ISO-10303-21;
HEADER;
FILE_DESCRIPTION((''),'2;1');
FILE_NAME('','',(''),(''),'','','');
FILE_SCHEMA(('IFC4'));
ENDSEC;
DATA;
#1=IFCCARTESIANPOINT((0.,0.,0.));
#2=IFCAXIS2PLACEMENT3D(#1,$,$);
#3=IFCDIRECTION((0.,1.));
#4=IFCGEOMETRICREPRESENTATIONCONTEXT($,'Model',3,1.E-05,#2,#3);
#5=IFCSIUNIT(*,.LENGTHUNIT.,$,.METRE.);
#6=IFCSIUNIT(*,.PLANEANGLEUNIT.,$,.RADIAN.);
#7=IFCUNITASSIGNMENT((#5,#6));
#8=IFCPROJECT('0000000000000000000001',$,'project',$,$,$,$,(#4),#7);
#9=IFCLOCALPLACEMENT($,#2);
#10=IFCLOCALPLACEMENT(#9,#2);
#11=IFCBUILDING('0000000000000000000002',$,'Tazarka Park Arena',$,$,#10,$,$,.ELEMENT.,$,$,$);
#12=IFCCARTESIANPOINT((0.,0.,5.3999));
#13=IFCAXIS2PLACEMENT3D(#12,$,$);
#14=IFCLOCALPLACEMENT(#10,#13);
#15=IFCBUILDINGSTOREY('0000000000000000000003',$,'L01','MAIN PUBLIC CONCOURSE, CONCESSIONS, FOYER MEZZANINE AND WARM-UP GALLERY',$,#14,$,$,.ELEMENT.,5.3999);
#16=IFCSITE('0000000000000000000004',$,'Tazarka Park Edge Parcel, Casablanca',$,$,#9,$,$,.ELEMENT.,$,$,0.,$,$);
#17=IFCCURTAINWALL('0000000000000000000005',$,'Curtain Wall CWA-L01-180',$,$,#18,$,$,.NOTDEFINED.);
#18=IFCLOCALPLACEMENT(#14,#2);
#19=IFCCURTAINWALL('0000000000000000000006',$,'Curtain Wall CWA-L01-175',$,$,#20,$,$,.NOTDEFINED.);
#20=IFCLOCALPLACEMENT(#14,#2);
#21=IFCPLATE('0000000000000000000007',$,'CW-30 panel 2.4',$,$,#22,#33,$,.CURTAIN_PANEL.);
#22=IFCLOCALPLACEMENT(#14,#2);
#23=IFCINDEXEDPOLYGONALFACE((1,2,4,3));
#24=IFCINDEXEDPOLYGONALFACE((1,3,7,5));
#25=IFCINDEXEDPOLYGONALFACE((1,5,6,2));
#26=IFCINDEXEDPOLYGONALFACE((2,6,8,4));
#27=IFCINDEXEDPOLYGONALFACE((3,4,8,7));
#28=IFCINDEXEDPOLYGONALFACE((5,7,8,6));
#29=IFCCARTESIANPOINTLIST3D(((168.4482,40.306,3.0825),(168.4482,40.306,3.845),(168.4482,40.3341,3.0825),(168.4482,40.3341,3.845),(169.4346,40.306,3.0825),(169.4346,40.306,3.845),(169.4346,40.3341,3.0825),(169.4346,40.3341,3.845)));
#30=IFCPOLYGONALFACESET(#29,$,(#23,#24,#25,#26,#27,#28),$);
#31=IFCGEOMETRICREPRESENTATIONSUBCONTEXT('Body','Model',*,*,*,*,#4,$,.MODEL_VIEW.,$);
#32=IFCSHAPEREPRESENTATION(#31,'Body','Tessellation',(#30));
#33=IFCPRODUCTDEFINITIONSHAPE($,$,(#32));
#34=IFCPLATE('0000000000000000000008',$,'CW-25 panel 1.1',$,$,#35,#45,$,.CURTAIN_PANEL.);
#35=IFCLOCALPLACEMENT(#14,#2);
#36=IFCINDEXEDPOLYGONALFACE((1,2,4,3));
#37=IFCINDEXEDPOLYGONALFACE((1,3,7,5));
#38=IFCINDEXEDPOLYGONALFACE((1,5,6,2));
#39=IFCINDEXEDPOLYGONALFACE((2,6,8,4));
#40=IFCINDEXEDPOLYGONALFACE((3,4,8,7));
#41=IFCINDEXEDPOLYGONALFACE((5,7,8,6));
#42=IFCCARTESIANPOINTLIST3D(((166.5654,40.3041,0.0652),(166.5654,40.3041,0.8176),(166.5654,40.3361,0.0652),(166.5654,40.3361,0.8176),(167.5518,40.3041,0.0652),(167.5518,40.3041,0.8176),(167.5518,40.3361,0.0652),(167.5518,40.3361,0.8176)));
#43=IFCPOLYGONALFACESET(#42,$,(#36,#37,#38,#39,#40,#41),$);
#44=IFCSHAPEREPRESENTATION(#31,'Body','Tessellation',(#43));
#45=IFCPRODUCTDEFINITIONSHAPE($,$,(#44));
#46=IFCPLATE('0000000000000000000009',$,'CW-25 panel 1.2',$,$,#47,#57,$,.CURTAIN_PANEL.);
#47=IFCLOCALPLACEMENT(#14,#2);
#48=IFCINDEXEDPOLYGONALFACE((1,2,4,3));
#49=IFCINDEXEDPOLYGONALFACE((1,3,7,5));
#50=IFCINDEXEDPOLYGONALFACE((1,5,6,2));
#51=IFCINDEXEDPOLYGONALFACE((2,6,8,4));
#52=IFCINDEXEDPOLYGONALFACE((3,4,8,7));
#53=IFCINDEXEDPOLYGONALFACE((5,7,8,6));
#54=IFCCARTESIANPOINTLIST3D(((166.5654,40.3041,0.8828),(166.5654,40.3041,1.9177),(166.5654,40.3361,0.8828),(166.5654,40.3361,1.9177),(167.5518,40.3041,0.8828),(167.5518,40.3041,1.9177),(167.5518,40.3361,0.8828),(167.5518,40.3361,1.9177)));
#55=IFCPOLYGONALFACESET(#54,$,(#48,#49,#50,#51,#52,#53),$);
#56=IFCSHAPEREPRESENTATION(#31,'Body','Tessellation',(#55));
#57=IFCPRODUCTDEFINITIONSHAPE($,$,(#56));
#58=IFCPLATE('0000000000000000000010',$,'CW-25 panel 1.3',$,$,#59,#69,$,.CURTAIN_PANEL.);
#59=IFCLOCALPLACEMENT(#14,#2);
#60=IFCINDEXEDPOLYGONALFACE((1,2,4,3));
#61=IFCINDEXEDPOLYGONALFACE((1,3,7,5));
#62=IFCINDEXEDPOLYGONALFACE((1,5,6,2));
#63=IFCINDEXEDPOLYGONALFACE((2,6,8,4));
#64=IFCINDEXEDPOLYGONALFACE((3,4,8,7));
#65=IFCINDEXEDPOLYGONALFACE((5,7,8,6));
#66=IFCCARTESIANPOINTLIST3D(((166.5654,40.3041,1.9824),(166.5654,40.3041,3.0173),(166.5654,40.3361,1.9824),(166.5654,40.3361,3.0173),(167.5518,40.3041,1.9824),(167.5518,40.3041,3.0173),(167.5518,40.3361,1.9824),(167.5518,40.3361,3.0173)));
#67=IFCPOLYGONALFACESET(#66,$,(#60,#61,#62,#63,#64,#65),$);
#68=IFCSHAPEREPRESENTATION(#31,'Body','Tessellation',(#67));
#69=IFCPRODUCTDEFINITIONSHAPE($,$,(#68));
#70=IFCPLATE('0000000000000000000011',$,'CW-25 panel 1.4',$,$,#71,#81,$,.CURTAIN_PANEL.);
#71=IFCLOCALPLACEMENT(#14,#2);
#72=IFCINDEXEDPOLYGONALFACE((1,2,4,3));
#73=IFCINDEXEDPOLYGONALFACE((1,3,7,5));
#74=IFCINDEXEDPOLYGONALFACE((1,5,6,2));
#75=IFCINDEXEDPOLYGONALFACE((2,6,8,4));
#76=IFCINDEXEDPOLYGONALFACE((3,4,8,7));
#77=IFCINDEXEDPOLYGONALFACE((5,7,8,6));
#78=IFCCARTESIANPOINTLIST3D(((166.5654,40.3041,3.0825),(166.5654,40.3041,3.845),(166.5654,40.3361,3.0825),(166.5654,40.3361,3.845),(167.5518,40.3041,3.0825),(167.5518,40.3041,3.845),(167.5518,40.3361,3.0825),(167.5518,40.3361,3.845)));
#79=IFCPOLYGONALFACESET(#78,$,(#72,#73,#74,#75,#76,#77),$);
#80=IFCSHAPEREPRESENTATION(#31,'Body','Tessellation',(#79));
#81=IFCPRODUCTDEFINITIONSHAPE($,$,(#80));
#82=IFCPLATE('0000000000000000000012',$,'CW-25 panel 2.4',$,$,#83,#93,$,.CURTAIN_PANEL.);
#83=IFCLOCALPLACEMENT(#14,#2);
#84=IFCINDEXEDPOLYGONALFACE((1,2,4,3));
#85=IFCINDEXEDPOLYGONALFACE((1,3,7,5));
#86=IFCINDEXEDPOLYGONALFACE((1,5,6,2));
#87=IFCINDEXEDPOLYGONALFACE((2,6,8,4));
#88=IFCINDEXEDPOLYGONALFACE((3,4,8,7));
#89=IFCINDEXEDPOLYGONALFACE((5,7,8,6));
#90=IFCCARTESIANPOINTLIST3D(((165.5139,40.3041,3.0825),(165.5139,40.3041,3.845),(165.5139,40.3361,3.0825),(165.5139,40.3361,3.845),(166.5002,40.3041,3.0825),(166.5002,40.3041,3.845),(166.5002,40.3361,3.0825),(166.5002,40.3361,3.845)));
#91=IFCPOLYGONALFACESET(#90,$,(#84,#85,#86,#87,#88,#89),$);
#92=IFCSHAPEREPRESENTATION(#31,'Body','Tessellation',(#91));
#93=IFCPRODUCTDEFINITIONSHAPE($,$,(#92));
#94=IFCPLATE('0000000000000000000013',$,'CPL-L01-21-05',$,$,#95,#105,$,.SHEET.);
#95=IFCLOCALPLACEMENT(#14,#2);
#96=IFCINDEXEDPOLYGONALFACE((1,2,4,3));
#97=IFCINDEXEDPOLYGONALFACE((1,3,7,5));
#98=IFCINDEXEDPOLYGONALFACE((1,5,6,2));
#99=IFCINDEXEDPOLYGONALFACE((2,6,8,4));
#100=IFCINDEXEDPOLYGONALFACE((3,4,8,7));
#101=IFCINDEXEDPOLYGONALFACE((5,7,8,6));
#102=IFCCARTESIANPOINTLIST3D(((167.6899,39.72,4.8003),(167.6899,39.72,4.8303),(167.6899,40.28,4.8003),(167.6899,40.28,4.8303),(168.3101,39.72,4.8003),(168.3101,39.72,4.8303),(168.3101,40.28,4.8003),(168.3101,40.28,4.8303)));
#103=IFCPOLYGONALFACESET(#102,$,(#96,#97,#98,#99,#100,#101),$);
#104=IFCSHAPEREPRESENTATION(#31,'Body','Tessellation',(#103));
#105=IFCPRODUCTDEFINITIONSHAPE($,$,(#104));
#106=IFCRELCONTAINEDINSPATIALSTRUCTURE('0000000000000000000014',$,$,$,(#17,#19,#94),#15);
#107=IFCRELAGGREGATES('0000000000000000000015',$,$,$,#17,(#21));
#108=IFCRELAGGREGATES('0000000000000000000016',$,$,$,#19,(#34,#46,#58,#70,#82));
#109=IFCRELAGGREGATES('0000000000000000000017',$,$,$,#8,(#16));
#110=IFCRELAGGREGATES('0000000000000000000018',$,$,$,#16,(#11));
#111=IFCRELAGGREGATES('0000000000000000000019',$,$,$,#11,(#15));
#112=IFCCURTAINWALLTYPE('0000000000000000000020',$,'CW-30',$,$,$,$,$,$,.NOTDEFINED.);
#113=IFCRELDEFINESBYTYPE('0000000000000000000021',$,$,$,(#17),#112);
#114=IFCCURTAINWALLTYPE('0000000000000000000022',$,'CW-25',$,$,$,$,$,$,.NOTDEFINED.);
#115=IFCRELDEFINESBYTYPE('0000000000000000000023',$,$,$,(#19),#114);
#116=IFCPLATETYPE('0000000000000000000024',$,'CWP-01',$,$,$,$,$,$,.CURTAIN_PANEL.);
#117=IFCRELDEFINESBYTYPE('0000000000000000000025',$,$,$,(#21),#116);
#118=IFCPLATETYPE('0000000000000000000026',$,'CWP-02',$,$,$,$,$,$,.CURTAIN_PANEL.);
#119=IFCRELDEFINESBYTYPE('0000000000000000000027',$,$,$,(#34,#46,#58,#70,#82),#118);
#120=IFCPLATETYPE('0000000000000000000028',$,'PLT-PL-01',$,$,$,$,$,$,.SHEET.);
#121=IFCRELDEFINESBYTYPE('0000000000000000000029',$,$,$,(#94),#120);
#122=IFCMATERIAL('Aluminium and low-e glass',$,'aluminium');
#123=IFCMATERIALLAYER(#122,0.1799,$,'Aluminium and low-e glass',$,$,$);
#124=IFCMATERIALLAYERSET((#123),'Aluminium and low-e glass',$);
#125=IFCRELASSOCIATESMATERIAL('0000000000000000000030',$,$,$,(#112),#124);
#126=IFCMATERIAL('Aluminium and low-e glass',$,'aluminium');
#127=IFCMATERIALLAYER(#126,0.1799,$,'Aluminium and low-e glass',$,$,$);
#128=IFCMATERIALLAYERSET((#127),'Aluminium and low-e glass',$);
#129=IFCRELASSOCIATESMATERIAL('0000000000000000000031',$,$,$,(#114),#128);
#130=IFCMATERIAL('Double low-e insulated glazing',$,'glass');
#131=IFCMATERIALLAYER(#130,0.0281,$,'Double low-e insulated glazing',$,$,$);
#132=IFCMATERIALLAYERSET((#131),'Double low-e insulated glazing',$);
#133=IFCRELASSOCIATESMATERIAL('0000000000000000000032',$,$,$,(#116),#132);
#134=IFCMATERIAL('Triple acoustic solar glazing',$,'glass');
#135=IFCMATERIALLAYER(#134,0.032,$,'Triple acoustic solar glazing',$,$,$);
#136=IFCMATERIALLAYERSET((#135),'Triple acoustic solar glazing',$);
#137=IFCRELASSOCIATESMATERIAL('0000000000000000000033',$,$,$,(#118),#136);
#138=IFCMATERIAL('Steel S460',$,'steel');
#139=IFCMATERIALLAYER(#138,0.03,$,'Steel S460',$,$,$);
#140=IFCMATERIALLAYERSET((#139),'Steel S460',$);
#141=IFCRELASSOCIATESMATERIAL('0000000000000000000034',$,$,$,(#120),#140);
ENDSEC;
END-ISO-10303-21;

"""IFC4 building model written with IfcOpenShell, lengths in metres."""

from ifc_helpers import new_model, si_unit, direction, frame, origin, origin_2d, place, context, subcontext, project, spatial, rectangle, extrude, material, layer, layer_set, type_object, element, aggregate, save


model = new_model("IFC4")

# Units and contexts
model_context = context("Model", 3, precision=1e-05, world=origin(), true_north=direction((0.0, 1.0)))
body_context = subcontext(model_context, "Body", "Model", "MODEL_VIEW")
ifc_project = project(units=[si_unit("LENGTHUNIT", "METRE"), si_unit("PLANEANGLEUNIT", "RADIAN")], contexts=[model_context])

# Site, building, storey
site_placement = place(None, origin())
site = spatial("IfcSite", under=ifc_project, at=site_placement, Name="Tazarka Park Edge Parcel, Casablanca", CompositionType="ELEMENT", RefElevation=0.0)
building_placement = place(site_placement, origin())
building = spatial("IfcBuilding", under=site, at=building_placement, Name="Tazarka Park Arena", CompositionType="ELEMENT")
storey_placement = place(building_placement, frame((0.0, 0.0, 5.3999)))
storey = spatial("IfcBuildingStorey", under=building, at=storey_placement, Name="L01", Description="MAIN PUBLIC CONCOURSE, CONCESSIONS, FOYER MEZZANINE AND WARM-UP GALLERY", CompositionType="ELEMENT", Elevation=5.3999)

# Curtain wall
ifc_material_1 = material(Name="Aluminium and low-e glass", Category="aluminium")
ifc_layer_1 = layer(ifc_material_1, 0.1799, Name="Aluminium and low-e glass")
ifc_layer_set_1 = layer_set([ifc_layer_1], Name="Aluminium and low-e glass")
curtain_wall_type_1 = type_object("IfcCurtainWallType", Name="CW-30", PredefinedType="NOTDEFINED", material=ifc_layer_set_1)
curtain_wall_1_placement = place(storey_placement, origin())
curtain_wall_1 = element("IfcCurtainWall", 1, at=curtain_wall_1_placement, inside=storey, type_object=curtain_wall_type_1, Name="Curtain Wall CWA-L01-180", PredefinedType="NOTDEFINED")

# Curtain wall
ifc_material_2 = material(Name="Aluminium and low-e glass", Category="aluminium")
ifc_layer_2 = layer(ifc_material_2, 0.1799, Name="Aluminium and low-e glass")
ifc_layer_set_2 = layer_set([ifc_layer_2], Name="Aluminium and low-e glass")
curtain_wall_type_2 = type_object("IfcCurtainWallType", Name="CW-25", PredefinedType="NOTDEFINED", material=ifc_layer_set_2)
curtain_wall_2_placement = place(storey_placement, origin())
curtain_wall_2 = element("IfcCurtainWall", 2, at=curtain_wall_2_placement, inside=storey, type_object=curtain_wall_type_2, Name="Curtain Wall CWA-L01-175", PredefinedType="NOTDEFINED")

# Plates
ifc_material_3 = material(Name="Double low-e insulated glazing", Category="glass")
ifc_layer_3 = layer(ifc_material_3, 0.0281, Name="Double low-e insulated glazing")
ifc_layer_set_3 = layer_set([ifc_layer_3], Name="Double low-e insulated glazing")
plate_type_1 = type_object("IfcPlateType", Name="CWP-01", PredefinedType="CURTAIN_PANEL", material=ifc_layer_set_3)
plate_1_placement = place(storey_placement, frame((168.9414, 40.3201, 3.0825), z_axis=(0.0, 0.0, 1.0), x_axis=(-1.0, 0.0, 0.0)))
plate_1 = element("IfcPlate", 3, at=plate_1_placement, type_object=plate_type_1, Name="CW-30 panel 2.4", PredefinedType="CURTAIN_PANEL", context=body_context, shape_type="SweptSolid", body=[
    extrude(rectangle(XDim=0.9863, YDim=0.0281, at=origin_2d()), origin(), (0.0, 0.0, 1.0), 0.7625),
])
aggregate(curtain_wall_1, [plate_1])
ifc_material_4 = material(Name="Triple acoustic solar glazing", Category="glass")
ifc_layer_4 = layer(ifc_material_4, 0.032, Name="Triple acoustic solar glazing")
ifc_layer_set_4 = layer_set([ifc_layer_4], Name="Triple acoustic solar glazing")
plate_type_2 = type_object("IfcPlateType", Name="CWP-02", PredefinedType="CURTAIN_PANEL", material=ifc_layer_set_4)
plate_2_placement = place(storey_placement, frame((167.0586, 40.3201, 0.0652), z_axis=(0.0, 0.0, 1.0), x_axis=(-1.0, 0.0, 0.0)))
plate_2 = element("IfcPlate", 4, at=plate_2_placement, type_object=plate_type_2, Name="CW-25 panel 1.1", PredefinedType="CURTAIN_PANEL", context=body_context, shape_type="SweptSolid", body=[
    extrude(rectangle(XDim=0.9863, YDim=0.032, at=origin_2d()), origin(), (0.0, 0.0, 1.0), 0.7524),
])
plate_3_placement = place(storey_placement, frame((167.0586, 40.3201, 0.8828), z_axis=(0.0, 0.0, 1.0), x_axis=(-1.0, 0.0, 0.0)))
plate_3 = element("IfcPlate", 5, at=plate_3_placement, type_object=plate_type_2, Name="CW-25 panel 1.2", PredefinedType="CURTAIN_PANEL", context=body_context, shape_type="SweptSolid", body=[
    extrude(rectangle(XDim=0.9863, YDim=0.032, at=origin_2d()), origin(), (0.0, 0.0, 1.0), 1.0349),
])
plate_4_placement = place(storey_placement, frame((167.0586, 40.3201, 1.9824), z_axis=(0.0, 0.0, 1.0), x_axis=(-1.0, 0.0, 0.0)))
plate_4 = element("IfcPlate", 6, at=plate_4_placement, type_object=plate_type_2, Name="CW-25 panel 1.3", PredefinedType="CURTAIN_PANEL", context=body_context, shape_type="SweptSolid", body=[
    extrude(rectangle(XDim=0.9863, YDim=0.032, at=origin_2d()), origin(), (0.0, 0.0, 1.0), 1.0349),
])
plate_5_placement = place(storey_placement, frame((167.0586, 40.3201, 3.0825), z_axis=(0.0, 0.0, 1.0), x_axis=(-1.0, 0.0, 0.0)))
plate_5 = element("IfcPlate", 7, at=plate_5_placement, type_object=plate_type_2, Name="CW-25 panel 1.4", PredefinedType="CURTAIN_PANEL", context=body_context, shape_type="SweptSolid", body=[
    extrude(rectangle(XDim=0.9863, YDim=0.032, at=origin_2d()), origin(), (0.0, 0.0, 1.0), 0.7625),
])
plate_6_placement = place(storey_placement, frame((166.0071, 40.3201, 3.0825), z_axis=(0.0, 0.0, 1.0), x_axis=(-1.0, 0.0, 0.0)))
plate_6 = element("IfcPlate", 8, at=plate_6_placement, type_object=plate_type_2, Name="CW-25 panel 2.4", PredefinedType="CURTAIN_PANEL", context=body_context, shape_type="SweptSolid", body=[
    extrude(rectangle(XDim=0.9863, YDim=0.032, at=origin_2d()), origin(), (0.0, 0.0, 1.0), 0.7625),
])
aggregate(curtain_wall_2, [plate_2, plate_3, plate_4, plate_5, plate_6])
ifc_material_5 = material(Name="Steel S460", Category="steel")
ifc_layer_5 = layer(ifc_material_5, 0.03, Name="Steel S460")
ifc_layer_set_5 = layer_set([ifc_layer_5], Name="Steel S460")
plate_type_3 = type_object("IfcPlateType", Name="PLT-PL-01", PredefinedType="SHEET", material=ifc_layer_set_5)
plate_7_placement = place(storey_placement, frame((168.0, 40.0, 4.8003), z_axis=(0.0, 0.0, 1.0), x_axis=(1.0, 0.0, 0.0)))
element("IfcPlate", 9, at=plate_7_placement, inside=storey, type_object=plate_type_3, Name="CPL-L01-21-05", PredefinedType="SHEET", context=body_context, shape_type="SweptSolid", body=[
    extrude(rectangle(XDim=0.6201, YDim=0.5601, at=origin_2d()), origin(), (0.0, 0.0, 1.0), 0.03),
])

save(model, "model.ifc")
